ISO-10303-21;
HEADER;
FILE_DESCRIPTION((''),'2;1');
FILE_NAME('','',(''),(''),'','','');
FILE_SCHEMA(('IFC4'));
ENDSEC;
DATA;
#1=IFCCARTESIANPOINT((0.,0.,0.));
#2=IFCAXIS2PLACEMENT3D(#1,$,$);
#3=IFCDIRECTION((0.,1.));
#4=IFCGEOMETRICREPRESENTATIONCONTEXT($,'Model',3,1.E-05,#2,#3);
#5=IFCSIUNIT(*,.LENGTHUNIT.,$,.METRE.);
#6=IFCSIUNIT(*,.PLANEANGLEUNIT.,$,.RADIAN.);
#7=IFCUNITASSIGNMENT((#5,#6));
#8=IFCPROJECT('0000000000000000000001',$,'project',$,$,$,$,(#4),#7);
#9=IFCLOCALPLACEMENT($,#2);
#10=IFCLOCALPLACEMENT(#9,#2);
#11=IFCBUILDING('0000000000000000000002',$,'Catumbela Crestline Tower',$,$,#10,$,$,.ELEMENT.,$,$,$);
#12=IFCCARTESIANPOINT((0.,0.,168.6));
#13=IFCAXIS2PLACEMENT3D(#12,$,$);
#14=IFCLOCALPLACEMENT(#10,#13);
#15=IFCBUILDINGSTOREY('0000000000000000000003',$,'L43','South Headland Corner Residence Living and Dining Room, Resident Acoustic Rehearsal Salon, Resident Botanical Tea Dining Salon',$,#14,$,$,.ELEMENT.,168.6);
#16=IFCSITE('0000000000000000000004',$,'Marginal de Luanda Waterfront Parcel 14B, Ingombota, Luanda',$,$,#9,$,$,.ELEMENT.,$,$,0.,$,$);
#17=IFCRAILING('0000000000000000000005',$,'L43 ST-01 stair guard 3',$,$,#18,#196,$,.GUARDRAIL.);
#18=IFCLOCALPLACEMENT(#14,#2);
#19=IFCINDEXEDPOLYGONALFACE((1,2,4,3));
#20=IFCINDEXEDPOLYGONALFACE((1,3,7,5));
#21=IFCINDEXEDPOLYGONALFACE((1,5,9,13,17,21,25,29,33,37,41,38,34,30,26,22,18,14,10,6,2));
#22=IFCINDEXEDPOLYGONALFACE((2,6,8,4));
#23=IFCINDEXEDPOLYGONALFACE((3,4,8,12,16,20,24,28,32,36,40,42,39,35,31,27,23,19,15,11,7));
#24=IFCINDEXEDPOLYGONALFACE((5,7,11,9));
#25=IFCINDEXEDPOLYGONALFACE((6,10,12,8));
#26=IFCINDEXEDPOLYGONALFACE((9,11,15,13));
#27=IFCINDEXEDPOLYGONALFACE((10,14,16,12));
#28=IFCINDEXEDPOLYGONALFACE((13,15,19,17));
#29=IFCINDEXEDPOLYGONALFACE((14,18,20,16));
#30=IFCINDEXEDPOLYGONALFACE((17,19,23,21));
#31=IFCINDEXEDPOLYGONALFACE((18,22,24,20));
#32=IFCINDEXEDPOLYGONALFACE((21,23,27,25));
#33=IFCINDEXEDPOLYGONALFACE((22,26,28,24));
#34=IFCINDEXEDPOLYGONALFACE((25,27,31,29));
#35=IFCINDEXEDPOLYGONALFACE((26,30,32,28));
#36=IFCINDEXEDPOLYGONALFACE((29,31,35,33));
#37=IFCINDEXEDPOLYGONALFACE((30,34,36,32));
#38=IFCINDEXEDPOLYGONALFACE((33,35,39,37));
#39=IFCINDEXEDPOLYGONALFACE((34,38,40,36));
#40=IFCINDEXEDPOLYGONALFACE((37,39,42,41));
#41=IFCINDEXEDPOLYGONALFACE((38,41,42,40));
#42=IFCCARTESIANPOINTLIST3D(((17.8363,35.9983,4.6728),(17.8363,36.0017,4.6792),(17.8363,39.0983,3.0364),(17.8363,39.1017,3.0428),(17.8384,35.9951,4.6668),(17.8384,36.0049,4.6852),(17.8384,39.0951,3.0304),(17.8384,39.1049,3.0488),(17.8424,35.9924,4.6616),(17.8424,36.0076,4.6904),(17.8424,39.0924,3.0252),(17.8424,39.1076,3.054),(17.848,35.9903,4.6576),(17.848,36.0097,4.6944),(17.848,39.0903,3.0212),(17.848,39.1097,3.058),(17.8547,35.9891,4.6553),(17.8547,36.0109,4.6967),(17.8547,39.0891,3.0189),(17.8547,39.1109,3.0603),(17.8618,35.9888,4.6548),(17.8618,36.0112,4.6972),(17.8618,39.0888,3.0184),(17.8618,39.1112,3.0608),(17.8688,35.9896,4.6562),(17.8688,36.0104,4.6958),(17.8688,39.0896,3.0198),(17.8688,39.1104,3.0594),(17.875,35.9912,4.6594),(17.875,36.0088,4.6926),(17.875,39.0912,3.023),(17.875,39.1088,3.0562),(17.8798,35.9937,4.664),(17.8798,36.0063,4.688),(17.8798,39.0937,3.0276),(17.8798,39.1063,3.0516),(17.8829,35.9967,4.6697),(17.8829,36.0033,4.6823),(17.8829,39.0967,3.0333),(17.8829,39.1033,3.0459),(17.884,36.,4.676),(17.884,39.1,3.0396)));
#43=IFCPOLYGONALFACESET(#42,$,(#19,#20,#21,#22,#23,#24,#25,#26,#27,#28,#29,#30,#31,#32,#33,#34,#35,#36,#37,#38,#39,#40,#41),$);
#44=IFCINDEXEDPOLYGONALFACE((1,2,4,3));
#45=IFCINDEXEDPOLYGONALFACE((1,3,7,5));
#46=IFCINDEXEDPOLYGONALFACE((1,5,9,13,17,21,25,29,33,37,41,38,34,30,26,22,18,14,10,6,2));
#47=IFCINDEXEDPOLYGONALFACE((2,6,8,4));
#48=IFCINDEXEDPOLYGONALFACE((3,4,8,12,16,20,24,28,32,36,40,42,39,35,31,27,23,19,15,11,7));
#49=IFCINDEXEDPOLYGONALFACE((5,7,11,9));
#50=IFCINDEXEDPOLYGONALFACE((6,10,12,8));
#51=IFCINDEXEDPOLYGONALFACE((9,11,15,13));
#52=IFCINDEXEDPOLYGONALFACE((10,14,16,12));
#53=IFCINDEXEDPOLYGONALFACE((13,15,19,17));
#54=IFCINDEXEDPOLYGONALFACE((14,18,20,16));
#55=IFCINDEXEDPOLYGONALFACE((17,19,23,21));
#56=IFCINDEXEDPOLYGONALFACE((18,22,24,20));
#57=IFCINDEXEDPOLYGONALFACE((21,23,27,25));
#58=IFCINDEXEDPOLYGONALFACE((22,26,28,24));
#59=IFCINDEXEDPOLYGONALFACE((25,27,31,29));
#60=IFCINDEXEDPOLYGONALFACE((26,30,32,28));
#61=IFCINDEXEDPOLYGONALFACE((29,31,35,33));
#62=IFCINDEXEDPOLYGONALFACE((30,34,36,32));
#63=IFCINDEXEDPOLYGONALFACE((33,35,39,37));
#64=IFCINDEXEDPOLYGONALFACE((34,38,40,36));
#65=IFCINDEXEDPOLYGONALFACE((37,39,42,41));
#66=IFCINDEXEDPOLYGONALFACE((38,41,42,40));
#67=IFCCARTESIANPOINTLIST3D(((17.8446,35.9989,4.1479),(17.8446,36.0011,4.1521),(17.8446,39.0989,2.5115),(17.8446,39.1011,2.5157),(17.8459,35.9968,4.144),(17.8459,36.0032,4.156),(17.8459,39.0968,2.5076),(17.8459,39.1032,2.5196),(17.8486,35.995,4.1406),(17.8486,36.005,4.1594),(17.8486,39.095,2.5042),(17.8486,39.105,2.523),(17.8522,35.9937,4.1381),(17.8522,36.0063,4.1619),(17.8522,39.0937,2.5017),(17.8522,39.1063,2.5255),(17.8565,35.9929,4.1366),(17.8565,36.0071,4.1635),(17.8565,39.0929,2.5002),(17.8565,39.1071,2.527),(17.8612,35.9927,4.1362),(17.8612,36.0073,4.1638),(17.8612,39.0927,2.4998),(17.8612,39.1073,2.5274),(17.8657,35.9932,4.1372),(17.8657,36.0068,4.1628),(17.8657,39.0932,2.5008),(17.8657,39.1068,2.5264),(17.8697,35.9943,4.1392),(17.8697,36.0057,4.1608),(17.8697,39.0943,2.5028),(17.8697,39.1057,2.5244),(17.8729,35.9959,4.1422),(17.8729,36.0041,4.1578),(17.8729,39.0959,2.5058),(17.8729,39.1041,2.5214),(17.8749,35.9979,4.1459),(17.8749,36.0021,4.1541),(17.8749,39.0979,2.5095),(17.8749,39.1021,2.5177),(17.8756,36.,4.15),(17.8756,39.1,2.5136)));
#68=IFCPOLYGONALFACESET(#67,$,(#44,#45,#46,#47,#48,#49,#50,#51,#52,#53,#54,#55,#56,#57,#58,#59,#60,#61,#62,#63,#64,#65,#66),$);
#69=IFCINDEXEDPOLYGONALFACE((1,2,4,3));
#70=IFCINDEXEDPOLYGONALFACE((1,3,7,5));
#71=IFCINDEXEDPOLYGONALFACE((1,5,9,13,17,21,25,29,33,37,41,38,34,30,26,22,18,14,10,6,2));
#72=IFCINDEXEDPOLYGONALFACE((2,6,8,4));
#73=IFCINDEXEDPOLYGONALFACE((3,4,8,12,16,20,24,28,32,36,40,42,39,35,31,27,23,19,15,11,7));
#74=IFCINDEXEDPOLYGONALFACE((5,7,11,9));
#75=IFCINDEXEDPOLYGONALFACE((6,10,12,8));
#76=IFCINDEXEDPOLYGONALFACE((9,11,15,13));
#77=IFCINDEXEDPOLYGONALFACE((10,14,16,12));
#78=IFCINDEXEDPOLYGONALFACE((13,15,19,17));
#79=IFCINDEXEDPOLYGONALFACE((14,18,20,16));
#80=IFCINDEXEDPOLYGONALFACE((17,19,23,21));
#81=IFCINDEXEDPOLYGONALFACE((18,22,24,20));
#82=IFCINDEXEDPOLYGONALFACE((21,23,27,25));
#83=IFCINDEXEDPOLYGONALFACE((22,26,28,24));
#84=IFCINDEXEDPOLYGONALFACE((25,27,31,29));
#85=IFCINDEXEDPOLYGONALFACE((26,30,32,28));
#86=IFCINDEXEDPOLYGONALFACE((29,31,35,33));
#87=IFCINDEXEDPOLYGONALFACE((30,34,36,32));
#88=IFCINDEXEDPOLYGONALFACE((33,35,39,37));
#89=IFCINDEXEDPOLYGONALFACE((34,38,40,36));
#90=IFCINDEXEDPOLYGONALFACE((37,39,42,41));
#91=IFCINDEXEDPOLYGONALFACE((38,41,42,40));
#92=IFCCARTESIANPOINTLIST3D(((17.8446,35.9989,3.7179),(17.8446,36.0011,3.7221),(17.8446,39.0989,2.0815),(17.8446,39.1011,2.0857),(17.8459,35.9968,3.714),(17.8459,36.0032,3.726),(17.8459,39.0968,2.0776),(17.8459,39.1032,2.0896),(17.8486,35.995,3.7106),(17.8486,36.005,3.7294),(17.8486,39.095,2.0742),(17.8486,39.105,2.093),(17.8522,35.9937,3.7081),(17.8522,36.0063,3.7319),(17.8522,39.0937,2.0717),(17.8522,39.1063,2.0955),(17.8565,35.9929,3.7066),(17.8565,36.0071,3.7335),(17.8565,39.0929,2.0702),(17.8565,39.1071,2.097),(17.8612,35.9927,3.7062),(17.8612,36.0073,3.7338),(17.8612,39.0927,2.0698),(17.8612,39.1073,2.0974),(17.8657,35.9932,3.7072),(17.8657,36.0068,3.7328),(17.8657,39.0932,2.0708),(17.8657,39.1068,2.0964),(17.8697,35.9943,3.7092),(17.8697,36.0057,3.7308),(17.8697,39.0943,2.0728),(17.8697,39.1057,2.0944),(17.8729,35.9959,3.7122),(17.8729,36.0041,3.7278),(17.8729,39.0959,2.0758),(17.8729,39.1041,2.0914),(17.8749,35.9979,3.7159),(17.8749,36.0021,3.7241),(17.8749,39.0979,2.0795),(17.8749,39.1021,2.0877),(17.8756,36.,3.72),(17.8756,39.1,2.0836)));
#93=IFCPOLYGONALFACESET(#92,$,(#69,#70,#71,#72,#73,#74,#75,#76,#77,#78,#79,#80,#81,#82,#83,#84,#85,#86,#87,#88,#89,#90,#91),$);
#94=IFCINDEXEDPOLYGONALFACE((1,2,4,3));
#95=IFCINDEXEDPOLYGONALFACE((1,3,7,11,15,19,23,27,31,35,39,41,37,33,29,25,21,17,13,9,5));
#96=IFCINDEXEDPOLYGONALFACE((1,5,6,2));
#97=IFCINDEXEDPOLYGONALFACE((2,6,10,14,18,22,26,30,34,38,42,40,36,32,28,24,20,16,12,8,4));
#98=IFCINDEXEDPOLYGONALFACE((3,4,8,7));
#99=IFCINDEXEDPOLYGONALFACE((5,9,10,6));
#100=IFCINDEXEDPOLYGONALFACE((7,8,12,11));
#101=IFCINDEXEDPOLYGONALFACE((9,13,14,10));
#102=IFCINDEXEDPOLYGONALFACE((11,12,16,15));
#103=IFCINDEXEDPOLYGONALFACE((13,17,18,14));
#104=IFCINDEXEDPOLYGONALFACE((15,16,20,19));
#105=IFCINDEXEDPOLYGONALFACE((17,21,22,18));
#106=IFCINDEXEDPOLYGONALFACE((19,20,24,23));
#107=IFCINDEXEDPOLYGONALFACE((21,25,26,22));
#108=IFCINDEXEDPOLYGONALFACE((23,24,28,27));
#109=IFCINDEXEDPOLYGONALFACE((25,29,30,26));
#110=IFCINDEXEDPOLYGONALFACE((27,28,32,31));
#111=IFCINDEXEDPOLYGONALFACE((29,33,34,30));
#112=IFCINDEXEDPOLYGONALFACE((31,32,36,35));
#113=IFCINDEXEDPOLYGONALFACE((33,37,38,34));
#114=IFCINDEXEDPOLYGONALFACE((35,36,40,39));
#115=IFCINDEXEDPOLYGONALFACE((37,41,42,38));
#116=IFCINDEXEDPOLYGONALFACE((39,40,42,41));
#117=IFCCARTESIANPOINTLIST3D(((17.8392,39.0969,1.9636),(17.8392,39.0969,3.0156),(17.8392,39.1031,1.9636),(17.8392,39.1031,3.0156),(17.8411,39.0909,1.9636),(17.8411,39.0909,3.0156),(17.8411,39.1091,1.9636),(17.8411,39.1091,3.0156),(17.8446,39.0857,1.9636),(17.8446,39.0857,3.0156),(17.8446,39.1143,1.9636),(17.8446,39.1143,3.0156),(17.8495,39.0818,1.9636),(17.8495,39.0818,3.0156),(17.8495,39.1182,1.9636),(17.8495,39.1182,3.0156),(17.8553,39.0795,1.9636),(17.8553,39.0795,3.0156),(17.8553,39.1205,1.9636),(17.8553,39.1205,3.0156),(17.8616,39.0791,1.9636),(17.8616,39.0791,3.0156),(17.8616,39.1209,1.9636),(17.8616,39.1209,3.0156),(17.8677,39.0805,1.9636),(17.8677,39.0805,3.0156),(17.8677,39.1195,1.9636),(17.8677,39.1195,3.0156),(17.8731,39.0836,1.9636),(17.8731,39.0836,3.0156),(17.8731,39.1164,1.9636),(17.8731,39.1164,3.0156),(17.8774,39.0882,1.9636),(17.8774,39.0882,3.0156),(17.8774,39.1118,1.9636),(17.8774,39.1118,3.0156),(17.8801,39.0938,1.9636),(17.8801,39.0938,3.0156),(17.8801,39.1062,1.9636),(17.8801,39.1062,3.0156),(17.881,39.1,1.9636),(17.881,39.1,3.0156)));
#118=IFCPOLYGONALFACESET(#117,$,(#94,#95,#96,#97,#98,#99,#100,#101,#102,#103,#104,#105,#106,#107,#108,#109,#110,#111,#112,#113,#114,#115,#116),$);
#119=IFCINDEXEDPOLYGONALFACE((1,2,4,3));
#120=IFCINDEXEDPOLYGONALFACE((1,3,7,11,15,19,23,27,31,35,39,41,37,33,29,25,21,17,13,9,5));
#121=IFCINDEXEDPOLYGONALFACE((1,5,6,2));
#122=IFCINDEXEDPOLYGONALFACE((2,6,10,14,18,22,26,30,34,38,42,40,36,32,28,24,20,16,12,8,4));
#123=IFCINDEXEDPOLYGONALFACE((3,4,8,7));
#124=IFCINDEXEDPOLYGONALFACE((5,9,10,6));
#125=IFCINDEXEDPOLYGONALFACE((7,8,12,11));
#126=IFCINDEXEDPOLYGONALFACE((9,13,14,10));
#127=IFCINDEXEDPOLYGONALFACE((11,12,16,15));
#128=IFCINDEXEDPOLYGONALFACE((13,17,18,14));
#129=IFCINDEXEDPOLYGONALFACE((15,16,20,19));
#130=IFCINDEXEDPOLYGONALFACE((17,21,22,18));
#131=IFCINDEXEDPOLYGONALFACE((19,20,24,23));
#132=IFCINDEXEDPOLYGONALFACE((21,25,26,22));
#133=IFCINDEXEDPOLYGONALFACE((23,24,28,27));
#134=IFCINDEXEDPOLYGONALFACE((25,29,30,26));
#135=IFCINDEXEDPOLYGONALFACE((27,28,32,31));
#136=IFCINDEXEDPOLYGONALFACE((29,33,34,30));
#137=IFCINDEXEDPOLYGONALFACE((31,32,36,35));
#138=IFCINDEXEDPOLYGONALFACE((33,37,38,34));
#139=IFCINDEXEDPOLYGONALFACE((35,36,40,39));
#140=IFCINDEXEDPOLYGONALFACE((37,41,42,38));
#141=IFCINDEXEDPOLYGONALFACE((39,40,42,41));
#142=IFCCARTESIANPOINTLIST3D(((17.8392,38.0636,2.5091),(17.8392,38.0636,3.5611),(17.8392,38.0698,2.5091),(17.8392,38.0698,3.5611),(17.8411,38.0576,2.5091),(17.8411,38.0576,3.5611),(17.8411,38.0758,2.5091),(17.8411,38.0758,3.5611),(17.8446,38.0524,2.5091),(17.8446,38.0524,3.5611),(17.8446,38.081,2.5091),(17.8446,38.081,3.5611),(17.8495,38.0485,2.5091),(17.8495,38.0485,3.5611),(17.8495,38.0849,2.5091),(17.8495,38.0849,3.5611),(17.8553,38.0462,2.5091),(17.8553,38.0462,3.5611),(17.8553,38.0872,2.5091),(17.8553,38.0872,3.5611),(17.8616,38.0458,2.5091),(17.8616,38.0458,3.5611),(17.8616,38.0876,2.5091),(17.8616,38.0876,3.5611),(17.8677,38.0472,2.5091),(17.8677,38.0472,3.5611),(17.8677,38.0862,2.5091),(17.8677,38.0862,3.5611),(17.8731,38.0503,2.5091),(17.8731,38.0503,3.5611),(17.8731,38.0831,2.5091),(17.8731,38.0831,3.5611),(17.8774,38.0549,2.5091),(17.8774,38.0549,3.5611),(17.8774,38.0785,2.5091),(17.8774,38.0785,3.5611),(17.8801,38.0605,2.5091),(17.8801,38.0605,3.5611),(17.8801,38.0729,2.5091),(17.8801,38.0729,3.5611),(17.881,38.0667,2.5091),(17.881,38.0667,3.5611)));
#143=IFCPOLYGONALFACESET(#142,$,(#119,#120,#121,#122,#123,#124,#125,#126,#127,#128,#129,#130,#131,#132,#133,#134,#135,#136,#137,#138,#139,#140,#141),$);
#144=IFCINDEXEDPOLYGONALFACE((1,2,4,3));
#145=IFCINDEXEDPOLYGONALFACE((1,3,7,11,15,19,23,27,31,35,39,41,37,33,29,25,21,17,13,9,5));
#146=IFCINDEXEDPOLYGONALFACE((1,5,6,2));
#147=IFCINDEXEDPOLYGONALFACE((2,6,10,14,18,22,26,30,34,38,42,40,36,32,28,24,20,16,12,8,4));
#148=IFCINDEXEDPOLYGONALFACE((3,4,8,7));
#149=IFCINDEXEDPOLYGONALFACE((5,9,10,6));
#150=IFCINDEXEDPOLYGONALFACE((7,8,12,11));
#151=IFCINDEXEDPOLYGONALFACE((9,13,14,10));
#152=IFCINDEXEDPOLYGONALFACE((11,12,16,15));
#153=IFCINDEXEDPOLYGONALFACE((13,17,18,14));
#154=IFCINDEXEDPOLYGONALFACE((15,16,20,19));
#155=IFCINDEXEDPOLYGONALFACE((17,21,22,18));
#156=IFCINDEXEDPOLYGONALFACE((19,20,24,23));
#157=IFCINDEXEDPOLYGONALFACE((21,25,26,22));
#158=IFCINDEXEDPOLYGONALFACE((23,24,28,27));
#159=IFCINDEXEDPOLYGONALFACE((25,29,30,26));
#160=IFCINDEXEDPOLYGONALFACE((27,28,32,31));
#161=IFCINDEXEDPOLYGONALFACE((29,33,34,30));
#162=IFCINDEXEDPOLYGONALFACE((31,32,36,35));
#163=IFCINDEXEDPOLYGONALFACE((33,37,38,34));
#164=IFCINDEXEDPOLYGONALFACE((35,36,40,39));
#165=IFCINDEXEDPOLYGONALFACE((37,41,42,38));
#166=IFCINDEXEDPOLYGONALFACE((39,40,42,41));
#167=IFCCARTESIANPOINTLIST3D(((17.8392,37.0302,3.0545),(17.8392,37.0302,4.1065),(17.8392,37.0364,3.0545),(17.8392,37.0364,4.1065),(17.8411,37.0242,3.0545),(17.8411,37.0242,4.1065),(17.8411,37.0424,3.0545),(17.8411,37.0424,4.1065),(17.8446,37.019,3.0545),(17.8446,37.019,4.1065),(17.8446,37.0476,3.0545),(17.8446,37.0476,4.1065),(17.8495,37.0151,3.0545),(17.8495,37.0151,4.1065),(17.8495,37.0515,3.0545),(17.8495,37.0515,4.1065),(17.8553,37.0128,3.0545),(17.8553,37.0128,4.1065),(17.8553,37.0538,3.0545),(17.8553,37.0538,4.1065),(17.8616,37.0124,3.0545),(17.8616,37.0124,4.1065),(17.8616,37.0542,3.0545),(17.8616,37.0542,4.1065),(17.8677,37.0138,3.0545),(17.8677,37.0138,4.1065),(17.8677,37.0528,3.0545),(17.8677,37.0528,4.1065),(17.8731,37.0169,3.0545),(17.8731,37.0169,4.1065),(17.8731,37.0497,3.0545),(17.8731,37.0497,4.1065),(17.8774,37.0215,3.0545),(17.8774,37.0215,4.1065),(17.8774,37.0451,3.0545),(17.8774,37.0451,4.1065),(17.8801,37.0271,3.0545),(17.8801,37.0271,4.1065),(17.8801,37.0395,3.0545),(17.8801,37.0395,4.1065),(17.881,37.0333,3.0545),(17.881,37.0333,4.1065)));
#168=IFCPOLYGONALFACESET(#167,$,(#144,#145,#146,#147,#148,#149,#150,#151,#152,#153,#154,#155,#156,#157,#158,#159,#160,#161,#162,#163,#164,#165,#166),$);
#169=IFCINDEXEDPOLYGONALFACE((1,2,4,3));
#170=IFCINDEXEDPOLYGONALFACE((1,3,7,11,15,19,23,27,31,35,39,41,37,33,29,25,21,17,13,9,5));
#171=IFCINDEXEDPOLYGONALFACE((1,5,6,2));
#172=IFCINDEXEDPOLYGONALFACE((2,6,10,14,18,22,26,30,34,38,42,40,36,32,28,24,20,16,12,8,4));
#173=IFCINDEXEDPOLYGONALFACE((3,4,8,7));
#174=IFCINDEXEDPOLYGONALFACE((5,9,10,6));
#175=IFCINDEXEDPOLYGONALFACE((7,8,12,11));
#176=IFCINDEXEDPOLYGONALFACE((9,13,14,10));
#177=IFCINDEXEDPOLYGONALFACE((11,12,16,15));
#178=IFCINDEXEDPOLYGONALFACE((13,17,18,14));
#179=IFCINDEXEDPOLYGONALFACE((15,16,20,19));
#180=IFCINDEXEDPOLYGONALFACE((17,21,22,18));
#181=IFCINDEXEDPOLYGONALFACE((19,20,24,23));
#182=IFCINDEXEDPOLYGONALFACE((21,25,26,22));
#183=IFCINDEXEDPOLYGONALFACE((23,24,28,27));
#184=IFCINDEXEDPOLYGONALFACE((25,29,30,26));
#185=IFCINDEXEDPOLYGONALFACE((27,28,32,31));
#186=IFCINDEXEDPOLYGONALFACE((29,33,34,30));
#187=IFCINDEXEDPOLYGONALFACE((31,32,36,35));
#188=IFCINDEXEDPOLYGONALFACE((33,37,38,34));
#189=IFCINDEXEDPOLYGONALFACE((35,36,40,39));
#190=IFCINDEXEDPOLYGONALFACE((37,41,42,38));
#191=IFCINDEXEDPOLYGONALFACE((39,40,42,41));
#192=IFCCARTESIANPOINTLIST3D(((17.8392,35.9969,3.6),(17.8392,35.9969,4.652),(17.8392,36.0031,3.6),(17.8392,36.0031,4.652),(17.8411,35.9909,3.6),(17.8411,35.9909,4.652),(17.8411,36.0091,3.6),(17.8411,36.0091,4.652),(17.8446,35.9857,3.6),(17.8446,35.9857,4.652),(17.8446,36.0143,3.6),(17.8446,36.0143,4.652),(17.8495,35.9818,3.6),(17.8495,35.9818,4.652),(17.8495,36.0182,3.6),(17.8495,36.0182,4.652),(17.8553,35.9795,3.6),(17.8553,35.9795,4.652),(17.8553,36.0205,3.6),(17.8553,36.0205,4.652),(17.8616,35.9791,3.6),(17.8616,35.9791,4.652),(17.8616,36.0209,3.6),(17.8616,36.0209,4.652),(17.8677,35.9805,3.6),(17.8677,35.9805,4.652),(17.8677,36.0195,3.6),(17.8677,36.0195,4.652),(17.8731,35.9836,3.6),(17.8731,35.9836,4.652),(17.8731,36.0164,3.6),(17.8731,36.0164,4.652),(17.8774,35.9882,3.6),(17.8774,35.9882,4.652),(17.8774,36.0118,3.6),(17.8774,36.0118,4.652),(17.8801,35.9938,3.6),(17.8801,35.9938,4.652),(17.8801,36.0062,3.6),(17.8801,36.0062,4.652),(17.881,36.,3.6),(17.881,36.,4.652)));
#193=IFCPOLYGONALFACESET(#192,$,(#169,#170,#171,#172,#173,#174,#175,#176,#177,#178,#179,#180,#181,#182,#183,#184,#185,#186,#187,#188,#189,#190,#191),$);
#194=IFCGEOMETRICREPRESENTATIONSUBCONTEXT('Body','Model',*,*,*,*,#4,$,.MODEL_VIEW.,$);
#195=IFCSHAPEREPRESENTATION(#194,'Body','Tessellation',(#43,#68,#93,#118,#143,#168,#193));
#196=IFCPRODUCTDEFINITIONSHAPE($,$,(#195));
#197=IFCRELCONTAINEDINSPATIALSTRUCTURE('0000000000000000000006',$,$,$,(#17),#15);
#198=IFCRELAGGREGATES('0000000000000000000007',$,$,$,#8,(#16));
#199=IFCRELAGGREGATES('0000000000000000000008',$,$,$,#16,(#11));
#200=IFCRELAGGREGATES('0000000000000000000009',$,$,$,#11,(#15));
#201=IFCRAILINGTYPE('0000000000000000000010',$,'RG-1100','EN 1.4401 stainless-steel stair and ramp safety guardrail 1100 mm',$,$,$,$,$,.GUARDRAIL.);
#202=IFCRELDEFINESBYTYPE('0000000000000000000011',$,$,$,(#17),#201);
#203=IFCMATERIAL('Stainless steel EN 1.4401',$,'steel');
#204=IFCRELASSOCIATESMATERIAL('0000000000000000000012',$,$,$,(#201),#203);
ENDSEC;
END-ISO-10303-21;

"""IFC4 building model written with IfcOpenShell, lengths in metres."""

from ifc_helpers import new_model, si_unit, direction, frame, origin, origin_2d, place, context, subcontext, project, spatial, circle, extrude, material, type_object, element, save


model = new_model("IFC4")

# Units and contexts
model_context = context("Model", 3, precision=1e-05, world=origin(), true_north=direction((0.0, 1.0)))
body_context = subcontext(model_context, "Body", "Model", "MODEL_VIEW")
ifc_project = project(units=[si_unit("LENGTHUNIT", "METRE"), si_unit("PLANEANGLEUNIT", "RADIAN")], contexts=[model_context])

# Site, building, storey
site_placement = place(None, origin())
site = spatial("IfcSite", under=ifc_project, at=site_placement, Name="Marginal de Luanda Waterfront Parcel 14B, Ingombota, Luanda", CompositionType="ELEMENT", RefElevation=0.0)
building_placement = place(site_placement, origin())
building = spatial("IfcBuilding", under=site, at=building_placement, Name="Catumbela Crestline Tower", CompositionType="ELEMENT")
storey_placement = place(building_placement, frame((0.0, 0.0, 168.6)))
storey = spatial("IfcBuildingStorey", under=building, at=storey_placement, Name="L43", Description="South Headland Corner Residence Living and Dining Room, Resident Acoustic Rehearsal Salon, Resident Botanical Tea Dining Salon", CompositionType="ELEMENT", Elevation=168.6)

# Shared definitions
ifc_material_1 = material(Name="Stainless steel EN 1.4401", Category="steel")

# Railing
railing_type_1 = type_object("IfcRailingType", Name="RG-1100", Description="EN 1.4401 stainless-steel stair and ramp safety guardrail 1100 mm", PredefinedType="GUARDRAIL", material=ifc_material_1)
railing_1_placement = place(storey_placement, frame((17.86, 39.1, 1.9636)))
element("IfcRailing", 1, at=railing_1_placement, inside=storey, type_object=railing_type_1, Name="L43 ST-01 stair guard 3", PredefinedType="GUARDRAIL", context=body_context, shape_type="SweptSolid", body=[
    extrude(circle(Radius=0.024, at=origin_2d()), frame((0.0, 0.0, 1.076), z_axis=(0.0, -0.884351, 0.466823), x_axis=(1.0, 0.0, 0.0)), (0.0, 0.0, 1.0), 3.5054),
    extrude(circle(Radius=0.0156, at=origin_2d()), frame((0.0, 0.0, 0.55), z_axis=(0.0, -0.884351, 0.466823), x_axis=(1.0, 0.0, 0.0)), (0.0, 0.0, 1.0), 3.5054),
    extrude(circle(Radius=0.0156, at=origin_2d()), frame((0.0, 0.0, 0.12), z_axis=(0.0, -0.884351, 0.466823), x_axis=(1.0, 0.0, 0.0)), (0.0, 0.0, 1.0), 3.5054),
    extrude(circle(Radius=0.021, at=origin_2d()), origin(), (0.0, 0.0, 1.0), 1.052),
    extrude(circle(Radius=0.021, at=origin_2d()), frame((0.0, -1.0333, 0.5455)), (0.0, 0.0, 1.0), 1.052),
    extrude(circle(Radius=0.021, at=origin_2d()), frame((0.0, -2.0667, 1.0909)), (0.0, 0.0, 1.0), 1.052),
    extrude(circle(Radius=0.021, at=origin_2d()), frame((0.0, -3.1, 1.6364)), (0.0, 0.0, 1.0), 1.052),
])

save(model, "model.ifc")
